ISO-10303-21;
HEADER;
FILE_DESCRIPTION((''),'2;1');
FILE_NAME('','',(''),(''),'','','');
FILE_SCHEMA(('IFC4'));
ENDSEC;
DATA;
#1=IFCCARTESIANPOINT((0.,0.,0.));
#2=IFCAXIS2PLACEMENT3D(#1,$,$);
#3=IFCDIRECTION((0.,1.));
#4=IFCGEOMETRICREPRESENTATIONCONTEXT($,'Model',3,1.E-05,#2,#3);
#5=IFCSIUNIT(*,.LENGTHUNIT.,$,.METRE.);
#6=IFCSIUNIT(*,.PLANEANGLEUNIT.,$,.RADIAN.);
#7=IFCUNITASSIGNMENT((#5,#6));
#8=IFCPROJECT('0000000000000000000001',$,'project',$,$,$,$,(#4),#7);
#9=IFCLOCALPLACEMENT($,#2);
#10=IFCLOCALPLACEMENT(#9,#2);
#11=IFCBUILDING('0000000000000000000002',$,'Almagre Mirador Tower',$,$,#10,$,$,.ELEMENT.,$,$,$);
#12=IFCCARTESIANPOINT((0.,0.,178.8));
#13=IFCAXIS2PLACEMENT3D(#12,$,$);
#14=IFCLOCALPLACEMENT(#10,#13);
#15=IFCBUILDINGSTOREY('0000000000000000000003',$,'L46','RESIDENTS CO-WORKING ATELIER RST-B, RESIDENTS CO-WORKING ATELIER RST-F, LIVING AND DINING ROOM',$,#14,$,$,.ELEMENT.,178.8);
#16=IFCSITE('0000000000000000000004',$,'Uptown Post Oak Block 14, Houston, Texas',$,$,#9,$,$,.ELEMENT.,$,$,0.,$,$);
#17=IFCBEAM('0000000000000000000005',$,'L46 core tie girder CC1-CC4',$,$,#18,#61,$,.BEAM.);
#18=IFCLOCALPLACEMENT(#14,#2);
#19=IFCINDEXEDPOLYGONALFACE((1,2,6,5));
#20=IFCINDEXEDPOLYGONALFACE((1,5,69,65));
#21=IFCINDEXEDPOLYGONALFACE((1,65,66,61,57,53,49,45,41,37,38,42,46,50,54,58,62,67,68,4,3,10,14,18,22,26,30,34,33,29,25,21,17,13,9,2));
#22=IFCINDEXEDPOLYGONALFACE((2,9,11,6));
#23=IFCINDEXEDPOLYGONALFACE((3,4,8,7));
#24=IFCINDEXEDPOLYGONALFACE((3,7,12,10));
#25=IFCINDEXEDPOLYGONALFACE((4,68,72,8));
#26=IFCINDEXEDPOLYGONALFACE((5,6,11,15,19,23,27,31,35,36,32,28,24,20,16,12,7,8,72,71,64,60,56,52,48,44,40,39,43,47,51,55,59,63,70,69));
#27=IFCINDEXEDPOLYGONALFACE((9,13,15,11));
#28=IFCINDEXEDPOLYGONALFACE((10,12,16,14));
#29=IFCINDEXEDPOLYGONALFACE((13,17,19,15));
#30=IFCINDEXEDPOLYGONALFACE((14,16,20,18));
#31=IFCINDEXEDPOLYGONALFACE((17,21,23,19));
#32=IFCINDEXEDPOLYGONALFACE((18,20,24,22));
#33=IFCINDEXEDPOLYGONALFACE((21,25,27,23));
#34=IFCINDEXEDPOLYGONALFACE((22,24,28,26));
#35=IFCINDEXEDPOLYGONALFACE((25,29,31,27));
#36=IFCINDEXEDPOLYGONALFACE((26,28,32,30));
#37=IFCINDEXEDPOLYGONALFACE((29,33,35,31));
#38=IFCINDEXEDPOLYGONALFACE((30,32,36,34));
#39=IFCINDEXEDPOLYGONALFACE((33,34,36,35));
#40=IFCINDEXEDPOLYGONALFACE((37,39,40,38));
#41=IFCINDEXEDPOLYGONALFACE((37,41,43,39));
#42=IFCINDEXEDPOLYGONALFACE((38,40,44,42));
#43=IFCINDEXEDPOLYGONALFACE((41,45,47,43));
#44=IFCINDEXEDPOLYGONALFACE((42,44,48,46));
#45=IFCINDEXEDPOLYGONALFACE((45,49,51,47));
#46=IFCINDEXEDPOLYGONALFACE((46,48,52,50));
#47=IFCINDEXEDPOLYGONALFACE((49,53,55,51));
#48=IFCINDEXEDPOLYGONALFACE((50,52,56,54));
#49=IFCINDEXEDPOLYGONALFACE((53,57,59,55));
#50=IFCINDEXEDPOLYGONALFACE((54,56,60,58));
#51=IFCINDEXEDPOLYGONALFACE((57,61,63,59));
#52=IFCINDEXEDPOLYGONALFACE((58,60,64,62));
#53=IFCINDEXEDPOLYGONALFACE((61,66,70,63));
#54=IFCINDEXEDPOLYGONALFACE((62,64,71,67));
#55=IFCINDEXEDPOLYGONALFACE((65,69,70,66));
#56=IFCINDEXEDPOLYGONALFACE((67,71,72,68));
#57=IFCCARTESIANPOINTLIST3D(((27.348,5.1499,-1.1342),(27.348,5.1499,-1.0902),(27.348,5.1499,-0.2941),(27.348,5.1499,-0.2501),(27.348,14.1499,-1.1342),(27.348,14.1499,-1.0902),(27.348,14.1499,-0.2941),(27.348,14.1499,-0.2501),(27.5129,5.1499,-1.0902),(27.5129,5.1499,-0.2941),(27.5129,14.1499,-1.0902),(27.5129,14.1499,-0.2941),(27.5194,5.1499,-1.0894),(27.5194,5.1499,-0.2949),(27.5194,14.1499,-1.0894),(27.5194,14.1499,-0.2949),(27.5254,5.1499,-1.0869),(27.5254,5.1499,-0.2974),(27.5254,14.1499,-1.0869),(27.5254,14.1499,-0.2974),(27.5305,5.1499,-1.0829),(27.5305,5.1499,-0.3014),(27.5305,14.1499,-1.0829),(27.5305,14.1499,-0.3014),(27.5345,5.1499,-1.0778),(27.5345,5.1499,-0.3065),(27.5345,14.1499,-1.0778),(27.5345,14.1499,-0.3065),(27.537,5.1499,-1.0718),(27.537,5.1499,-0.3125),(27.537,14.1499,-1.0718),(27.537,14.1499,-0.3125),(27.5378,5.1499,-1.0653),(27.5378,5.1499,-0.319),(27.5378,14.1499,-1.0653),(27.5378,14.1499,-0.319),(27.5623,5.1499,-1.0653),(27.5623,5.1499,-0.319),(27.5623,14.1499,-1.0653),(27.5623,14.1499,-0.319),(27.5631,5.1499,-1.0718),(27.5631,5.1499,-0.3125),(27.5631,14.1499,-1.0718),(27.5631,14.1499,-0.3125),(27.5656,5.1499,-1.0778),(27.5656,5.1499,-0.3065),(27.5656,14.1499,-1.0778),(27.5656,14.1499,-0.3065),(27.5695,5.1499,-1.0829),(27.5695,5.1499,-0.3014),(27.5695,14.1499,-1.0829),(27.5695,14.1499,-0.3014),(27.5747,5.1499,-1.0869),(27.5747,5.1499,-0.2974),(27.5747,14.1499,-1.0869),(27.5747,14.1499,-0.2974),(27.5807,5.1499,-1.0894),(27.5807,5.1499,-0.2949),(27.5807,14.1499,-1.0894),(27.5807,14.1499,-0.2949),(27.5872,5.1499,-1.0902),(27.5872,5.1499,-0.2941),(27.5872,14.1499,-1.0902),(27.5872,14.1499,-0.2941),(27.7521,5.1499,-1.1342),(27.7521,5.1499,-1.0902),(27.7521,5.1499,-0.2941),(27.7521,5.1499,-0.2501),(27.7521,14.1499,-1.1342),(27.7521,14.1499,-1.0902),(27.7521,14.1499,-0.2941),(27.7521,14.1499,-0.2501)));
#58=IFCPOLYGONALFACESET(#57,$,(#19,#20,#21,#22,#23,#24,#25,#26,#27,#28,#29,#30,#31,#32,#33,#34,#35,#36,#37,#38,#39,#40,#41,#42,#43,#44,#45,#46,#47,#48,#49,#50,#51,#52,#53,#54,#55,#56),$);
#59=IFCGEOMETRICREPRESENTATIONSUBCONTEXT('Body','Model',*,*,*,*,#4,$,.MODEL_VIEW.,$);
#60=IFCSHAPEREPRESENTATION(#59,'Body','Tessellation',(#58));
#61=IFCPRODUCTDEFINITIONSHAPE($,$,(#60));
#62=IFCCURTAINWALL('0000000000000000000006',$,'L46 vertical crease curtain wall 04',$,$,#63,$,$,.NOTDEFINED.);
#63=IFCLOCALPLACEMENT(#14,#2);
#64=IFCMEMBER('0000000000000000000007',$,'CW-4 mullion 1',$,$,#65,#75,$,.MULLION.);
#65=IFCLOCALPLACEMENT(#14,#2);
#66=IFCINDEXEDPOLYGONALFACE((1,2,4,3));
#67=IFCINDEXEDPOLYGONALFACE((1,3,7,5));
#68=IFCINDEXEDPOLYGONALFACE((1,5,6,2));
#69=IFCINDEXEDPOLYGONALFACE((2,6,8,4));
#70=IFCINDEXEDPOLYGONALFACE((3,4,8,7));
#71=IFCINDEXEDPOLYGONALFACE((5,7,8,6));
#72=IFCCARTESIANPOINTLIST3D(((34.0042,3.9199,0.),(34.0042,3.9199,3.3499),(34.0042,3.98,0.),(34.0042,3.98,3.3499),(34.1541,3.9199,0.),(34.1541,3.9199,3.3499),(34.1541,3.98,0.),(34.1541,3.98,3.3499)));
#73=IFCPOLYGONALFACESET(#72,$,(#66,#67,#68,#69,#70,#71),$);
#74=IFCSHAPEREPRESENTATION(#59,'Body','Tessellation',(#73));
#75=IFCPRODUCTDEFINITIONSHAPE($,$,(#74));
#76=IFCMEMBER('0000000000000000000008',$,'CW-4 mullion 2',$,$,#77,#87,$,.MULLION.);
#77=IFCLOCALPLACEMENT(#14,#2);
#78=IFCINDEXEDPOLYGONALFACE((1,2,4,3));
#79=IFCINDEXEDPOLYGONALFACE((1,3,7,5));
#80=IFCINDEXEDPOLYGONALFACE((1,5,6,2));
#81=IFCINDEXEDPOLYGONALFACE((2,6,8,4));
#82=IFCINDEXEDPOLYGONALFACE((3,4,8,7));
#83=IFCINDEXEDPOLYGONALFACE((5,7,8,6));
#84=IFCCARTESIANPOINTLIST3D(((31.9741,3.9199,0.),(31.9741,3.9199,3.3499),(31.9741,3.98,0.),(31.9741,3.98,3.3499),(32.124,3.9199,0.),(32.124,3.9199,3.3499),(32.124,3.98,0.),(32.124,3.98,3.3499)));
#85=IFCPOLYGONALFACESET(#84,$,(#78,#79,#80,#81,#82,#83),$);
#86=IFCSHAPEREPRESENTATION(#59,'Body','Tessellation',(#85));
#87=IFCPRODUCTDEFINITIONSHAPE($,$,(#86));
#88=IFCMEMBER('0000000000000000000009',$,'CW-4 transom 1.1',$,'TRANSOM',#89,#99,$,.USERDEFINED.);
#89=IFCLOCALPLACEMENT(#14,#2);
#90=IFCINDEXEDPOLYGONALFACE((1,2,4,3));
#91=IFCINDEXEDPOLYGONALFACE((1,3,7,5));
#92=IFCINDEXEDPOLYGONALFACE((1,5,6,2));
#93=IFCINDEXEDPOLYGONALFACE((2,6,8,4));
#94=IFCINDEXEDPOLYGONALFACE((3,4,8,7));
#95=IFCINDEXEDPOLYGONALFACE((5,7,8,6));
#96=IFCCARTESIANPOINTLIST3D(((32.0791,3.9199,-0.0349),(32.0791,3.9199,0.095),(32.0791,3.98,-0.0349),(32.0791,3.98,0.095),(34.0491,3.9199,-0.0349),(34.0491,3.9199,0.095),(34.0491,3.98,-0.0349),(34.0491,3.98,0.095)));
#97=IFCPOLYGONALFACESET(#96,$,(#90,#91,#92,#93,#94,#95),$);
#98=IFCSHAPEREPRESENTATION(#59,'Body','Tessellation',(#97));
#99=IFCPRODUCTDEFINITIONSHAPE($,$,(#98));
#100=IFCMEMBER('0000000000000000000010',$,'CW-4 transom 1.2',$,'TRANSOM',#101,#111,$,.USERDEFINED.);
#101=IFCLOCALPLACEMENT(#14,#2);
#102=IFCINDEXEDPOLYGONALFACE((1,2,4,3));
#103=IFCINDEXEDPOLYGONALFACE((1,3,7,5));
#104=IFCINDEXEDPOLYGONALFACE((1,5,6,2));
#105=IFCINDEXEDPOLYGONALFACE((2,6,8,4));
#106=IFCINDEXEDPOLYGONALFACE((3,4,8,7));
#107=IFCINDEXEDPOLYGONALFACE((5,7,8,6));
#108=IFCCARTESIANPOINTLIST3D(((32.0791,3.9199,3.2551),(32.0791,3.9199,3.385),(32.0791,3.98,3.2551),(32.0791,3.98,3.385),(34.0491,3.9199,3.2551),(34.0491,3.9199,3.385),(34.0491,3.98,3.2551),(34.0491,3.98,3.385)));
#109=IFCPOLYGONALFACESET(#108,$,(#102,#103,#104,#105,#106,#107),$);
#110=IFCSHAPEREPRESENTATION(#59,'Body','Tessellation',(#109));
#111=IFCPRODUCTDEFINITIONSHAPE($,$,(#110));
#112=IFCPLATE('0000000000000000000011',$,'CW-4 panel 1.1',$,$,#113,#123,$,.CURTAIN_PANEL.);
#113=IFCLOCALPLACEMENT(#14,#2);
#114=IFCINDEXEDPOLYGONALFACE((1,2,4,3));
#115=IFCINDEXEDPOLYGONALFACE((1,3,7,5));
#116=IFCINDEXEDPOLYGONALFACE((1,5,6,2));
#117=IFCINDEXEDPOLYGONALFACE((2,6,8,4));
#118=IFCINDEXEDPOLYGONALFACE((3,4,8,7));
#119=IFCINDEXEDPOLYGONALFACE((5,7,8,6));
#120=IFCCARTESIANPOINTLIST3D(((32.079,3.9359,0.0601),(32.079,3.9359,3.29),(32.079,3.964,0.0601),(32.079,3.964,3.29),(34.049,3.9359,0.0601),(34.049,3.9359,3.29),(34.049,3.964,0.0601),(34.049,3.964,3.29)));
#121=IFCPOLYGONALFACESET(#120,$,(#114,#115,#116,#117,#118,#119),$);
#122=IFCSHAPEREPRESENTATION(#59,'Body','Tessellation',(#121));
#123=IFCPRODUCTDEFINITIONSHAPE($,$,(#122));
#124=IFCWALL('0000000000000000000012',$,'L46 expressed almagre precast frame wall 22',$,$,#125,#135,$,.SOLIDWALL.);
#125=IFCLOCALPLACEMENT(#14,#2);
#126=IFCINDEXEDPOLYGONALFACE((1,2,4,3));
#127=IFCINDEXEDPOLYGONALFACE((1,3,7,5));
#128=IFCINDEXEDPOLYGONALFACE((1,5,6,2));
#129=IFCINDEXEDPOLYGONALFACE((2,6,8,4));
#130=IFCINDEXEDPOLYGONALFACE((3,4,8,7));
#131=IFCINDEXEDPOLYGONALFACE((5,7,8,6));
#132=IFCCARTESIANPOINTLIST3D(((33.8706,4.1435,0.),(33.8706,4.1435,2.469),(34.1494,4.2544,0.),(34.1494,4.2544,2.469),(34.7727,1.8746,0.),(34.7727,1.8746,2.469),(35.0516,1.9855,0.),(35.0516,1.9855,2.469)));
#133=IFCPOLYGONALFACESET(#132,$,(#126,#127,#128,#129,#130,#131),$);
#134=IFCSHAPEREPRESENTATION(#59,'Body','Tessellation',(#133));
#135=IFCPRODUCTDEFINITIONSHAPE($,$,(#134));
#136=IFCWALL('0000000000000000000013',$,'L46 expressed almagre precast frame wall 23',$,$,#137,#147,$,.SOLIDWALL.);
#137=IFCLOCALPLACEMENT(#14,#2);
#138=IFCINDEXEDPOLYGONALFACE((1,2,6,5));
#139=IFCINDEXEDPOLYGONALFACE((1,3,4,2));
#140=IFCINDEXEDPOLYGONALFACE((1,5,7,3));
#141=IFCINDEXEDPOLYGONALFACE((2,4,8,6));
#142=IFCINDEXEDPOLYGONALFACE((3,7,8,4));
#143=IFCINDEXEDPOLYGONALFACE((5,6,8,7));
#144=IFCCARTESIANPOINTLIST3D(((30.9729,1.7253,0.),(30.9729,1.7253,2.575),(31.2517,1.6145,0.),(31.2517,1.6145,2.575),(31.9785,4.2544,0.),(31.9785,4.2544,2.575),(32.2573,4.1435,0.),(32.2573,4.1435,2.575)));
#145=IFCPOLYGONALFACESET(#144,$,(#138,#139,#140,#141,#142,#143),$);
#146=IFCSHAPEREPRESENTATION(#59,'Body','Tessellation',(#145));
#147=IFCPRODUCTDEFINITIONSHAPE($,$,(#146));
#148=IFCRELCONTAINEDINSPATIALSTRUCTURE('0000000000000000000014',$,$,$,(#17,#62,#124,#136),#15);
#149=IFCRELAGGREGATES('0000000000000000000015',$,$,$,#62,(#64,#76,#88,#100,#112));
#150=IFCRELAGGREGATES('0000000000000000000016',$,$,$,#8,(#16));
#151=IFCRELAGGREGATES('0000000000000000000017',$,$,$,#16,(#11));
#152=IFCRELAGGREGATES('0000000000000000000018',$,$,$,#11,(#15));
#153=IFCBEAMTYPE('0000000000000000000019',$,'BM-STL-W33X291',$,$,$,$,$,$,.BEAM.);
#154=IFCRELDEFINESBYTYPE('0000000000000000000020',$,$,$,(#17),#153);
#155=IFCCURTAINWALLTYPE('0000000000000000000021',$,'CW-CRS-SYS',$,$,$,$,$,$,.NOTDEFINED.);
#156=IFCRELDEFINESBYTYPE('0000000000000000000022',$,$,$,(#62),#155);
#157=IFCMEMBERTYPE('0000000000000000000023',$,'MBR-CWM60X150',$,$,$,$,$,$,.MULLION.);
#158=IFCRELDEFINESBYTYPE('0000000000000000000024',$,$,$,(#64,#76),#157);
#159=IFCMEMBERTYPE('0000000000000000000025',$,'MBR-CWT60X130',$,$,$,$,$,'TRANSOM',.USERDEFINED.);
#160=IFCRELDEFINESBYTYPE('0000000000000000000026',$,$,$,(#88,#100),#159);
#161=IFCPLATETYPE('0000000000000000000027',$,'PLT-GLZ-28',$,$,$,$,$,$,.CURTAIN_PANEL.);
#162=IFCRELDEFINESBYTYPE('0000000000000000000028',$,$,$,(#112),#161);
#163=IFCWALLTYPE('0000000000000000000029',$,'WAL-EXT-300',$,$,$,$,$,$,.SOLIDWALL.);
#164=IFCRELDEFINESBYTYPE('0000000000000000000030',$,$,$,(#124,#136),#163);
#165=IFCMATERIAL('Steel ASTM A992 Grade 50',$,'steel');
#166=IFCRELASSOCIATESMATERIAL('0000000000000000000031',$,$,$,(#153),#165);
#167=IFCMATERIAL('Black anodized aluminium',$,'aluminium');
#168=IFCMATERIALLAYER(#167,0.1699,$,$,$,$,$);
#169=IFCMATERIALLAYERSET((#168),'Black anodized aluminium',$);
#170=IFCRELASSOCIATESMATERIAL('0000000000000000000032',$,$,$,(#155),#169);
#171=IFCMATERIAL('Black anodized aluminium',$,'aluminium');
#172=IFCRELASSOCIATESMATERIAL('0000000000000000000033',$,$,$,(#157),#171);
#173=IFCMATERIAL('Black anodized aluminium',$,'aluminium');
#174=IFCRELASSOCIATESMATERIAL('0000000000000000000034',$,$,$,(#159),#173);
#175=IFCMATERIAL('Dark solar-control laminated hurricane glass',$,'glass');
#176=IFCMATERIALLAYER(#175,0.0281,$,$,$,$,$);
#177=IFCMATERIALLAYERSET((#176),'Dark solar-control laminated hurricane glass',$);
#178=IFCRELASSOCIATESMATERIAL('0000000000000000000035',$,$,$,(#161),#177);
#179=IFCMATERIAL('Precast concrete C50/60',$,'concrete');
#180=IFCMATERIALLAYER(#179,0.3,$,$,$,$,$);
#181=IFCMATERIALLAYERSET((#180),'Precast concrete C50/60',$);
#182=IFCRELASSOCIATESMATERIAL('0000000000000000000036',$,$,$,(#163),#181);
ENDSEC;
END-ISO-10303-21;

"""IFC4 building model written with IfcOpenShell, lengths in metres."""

from ifc_helpers import new_model, si_unit, direction, frame, frame_2d, origin, origin_2d, place, context, subcontext, project, spatial, rectangle, i_section, extrude, material, layer, layer_set, material_profile, profile_set, type_object, element, aggregate, save


model = new_model("IFC4")

# Units and contexts
model_context = context("Model", 3, precision=1e-05, world=origin(), true_north=direction((0.0, 1.0)))
body_context = subcontext(model_context, "Body", "Model", "MODEL_VIEW")
ifc_project = project(units=[si_unit("LENGTHUNIT", "METRE"), si_unit("PLANEANGLEUNIT", "RADIAN")], contexts=[model_context])

# Site, building, storey
site_placement = place(None, origin())
site = spatial("IfcSite", under=ifc_project, at=site_placement, Name="Uptown Post Oak Block 14, Houston, Texas", CompositionType="ELEMENT", RefElevation=0.0)
building_placement = place(site_placement, origin())
building = spatial("IfcBuilding", under=site, at=building_placement, Name="Almagre Mirador Tower", CompositionType="ELEMENT")
storey_placement = place(building_placement, frame((0.0, 0.0, 178.8)))
storey = spatial("IfcBuildingStorey", under=building, at=storey_placement, Name="L46", Description="RESIDENTS CO-WORKING ATELIER RST-B, RESIDENTS CO-WORKING ATELIER RST-F, LIVING AND DINING ROOM", CompositionType="ELEMENT", Elevation=178.8)

# Beam
ifc_material_1 = material(Name="Steel ASTM A992 Grade 50", Category="steel")
ifc_material_profile_1 = material_profile(ifc_material_1, i_section(OverallWidth=0.4041, OverallDepth=0.884, WebThickness=0.0244, FlangeThickness=0.0439, FilletRadius=0.0249, at=origin_2d()), Name="W33X291")
ifc_profile_set_1 = profile_set([ifc_material_profile_1], Name="Steel ASTM A992 Grade 50")
beam_type_1 = type_object("IfcBeamType", Name="BM-STL-W33X291", PredefinedType="BEAM", material=ifc_profile_set_1)
beam_1_placement = place(storey_placement, frame((27.55, 5.1499, -0.6921), z_axis=(0.0, 1.0, 0.0), x_axis=(-1.0, 0.0, 0.0)))
element("IfcBeam", 1, at=beam_1_placement, inside=storey, type_object=beam_type_1, Name="L46 core tie girder CC1-CC4", PredefinedType="BEAM", context=body_context, shape_type="SweptSolid", body=[
    extrude(i_section(OverallWidth=0.4041, OverallDepth=0.884, WebThickness=0.0244, FlangeThickness=0.0439, FilletRadius=0.0249, at=origin_2d()), origin(), (0.0, 0.0, 1.0), 9.0),
])

# Curtain wall, members, plate
ifc_material_2 = material(Name="Black anodized aluminium", Category="aluminium")
ifc_layer_1 = layer(ifc_material_2, 0.1699)
ifc_layer_set_1 = layer_set([ifc_layer_1], Name="Black anodized aluminium")
curtain_wall_type = type_object("IfcCurtainWallType", Name="CW-CRS-SYS", PredefinedType="NOTDEFINED", material=ifc_layer_set_1)
curtain_wall_placement = place(storey_placement, origin())
curtain_wall = element("IfcCurtainWall", 2, at=curtain_wall_placement, inside=storey, type_object=curtain_wall_type, Name="L46 vertical crease curtain wall 04", PredefinedType="NOTDEFINED")
ifc_material_3 = material(Name="Black anodized aluminium", Category="aluminium")
ifc_material_profile_2 = material_profile(ifc_material_3, rectangle(XDim=0.0601, YDim=0.1499, at=origin_2d()), Name="CWM60X150")
ifc_profile_set_2 = profile_set([ifc_material_profile_2], Name="Black anodized aluminium")
member_type_1 = type_object("IfcMemberType", Name="MBR-CWM60X150", PredefinedType="MULLION", material=ifc_profile_set_2)
member_1_placement = place(storey_placement, frame((34.0791, 3.95, 0.0), z_axis=(0.0, 0.0, 1.0), x_axis=(0.0, -1.0, 0.0)))
member_1 = element("IfcMember", 3, at=member_1_placement, type_object=member_type_1, Name="CW-4 mullion 1", PredefinedType="MULLION", context=body_context, shape_type="SweptSolid", body=[
    extrude(rectangle(XDim=0.0601, YDim=0.1499, at=origin_2d()), origin(), (0.0, 0.0, 1.0), 3.3499),
])
member_2_placement = place(storey_placement, frame((32.0491, 3.95, 0.0), z_axis=(0.0, 0.0, 1.0), x_axis=(0.0, -1.0, 0.0)))
member_2 = element("IfcMember", 4, at=member_2_placement, type_object=member_type_1, Name="CW-4 mullion 2", PredefinedType="MULLION", context=body_context, shape_type="SweptSolid", body=[
    extrude(rectangle(XDim=0.0601, YDim=0.1499, at=origin_2d()), origin(), (0.0, 0.0, 1.0), 3.3499),
])
ifc_material_4 = material(Name="Black anodized aluminium", Category="aluminium")
ifc_material_profile_3 = material_profile(ifc_material_4, rectangle(XDim=0.0601, YDim=0.1299, at=origin_2d()), Name="CWT60X130")
ifc_profile_set_3 = profile_set([ifc_material_profile_3], Name="Black anodized aluminium")
member_type_2 = type_object("IfcMemberType", Name="MBR-CWT60X130", ElementType="TRANSOM", PredefinedType="USERDEFINED", material=ifc_profile_set_3)
member_3_placement = place(storey_placement, frame((34.0491, 3.95, 0.03), z_axis=(-1.0, 0.0, 0.0), x_axis=(0.0, -1.0, 0.0)))
member_3 = element("IfcMember", 5, at=member_3_placement, type_object=member_type_2, Name="CW-4 transom 1.1", ObjectType="TRANSOM", PredefinedType="USERDEFINED", context=body_context, shape_type="SweptSolid", body=[
    extrude(rectangle(XDim=0.0601, YDim=0.1299, at=origin_2d()), origin(), (0.0, 0.0, 1.0), 1.97),
])
member_4_placement = place(storey_placement, frame((34.0491, 3.95, 3.3201), z_axis=(-1.0, 0.0, 0.0), x_axis=(0.0, -1.0, 0.0)))
member_4 = element("IfcMember", 6, at=member_4_placement, type_object=member_type_2, Name="CW-4 transom 1.2", ObjectType="TRANSOM", PredefinedType="USERDEFINED", context=body_context, shape_type="SweptSolid", body=[
    extrude(rectangle(XDim=0.0601, YDim=0.1299, at=origin_2d()), origin(), (0.0, 0.0, 1.0), 1.97),
])
ifc_material_5 = material(Name="Dark solar-control laminated hurricane glass", Category="glass")
ifc_layer_2 = layer(ifc_material_5, 0.0281)
ifc_layer_set_2 = layer_set([ifc_layer_2], Name="Dark solar-control laminated hurricane glass")
plate_type = type_object("IfcPlateType", Name="PLT-GLZ-28", PredefinedType="CURTAIN_PANEL", material=ifc_layer_set_2)
plate_placement = place(storey_placement, frame((33.064, 3.95, 0.0601), z_axis=(0.0, 0.0, 1.0), x_axis=(-1.0, 0.0, 0.0)))
plate = element("IfcPlate", 7, at=plate_placement, type_object=plate_type, Name="CW-4 panel 1.1", PredefinedType="CURTAIN_PANEL", context=body_context, shape_type="SweptSolid", body=[
    extrude(rectangle(XDim=1.97, YDim=0.0281, at=origin_2d()), origin(), (0.0, 0.0, 1.0), 3.23),
])
aggregate(curtain_wall, [member_1, member_2, member_3, member_4, plate])

# Walls
ifc_material_6 = material(Name="Precast concrete C50/60", Category="concrete")
ifc_layer_3 = layer(ifc_material_6, 0.3)
ifc_layer_set_3 = layer_set([ifc_layer_3], Name="Precast concrete C50/60")
wall_type_1 = type_object("IfcWallType", Name="WAL-EXT-300", PredefinedType="SOLIDWALL", material=ifc_layer_set_3)
wall_1_placement = place(storey_placement, frame((34.9121, 1.9302, 0.0), z_axis=(0.0, 0.0, 1.0), x_axis=(-0.369476, 0.92924, 0.0)))
element("IfcWall", 8, at=wall_1_placement, inside=storey, type_object=wall_type_1, Name="L46 expressed almagre precast frame wall 22", PredefinedType="SOLIDWALL", context=body_context, shape_type="SweptSolid", body=[
    extrude(rectangle(XDim=2.4417, YDim=0.3, at=frame_2d((1.2207, 0.0))), origin(), (0.0, 0.0, 1.0), 2.469),
])
wall_2_placement = place(storey_placement, frame((32.1179, 4.199, 0.0), z_axis=(0.0, 0.0, 1.0), x_axis=(-0.369488, -0.929236, 0.0)))
element("IfcWall", 9, at=wall_2_placement, inside=storey, type_object=wall_type_1, Name="L46 expressed almagre precast frame wall 23", PredefinedType="SOLIDWALL", context=body_context, shape_type="SweptSolid", body=[
    extrude(rectangle(XDim=2.7217, YDim=0.3, at=frame_2d((1.3608, 0.0))), origin(), (0.0, 0.0, 1.0), 2.575),
])

save(model, "model.ifc")
